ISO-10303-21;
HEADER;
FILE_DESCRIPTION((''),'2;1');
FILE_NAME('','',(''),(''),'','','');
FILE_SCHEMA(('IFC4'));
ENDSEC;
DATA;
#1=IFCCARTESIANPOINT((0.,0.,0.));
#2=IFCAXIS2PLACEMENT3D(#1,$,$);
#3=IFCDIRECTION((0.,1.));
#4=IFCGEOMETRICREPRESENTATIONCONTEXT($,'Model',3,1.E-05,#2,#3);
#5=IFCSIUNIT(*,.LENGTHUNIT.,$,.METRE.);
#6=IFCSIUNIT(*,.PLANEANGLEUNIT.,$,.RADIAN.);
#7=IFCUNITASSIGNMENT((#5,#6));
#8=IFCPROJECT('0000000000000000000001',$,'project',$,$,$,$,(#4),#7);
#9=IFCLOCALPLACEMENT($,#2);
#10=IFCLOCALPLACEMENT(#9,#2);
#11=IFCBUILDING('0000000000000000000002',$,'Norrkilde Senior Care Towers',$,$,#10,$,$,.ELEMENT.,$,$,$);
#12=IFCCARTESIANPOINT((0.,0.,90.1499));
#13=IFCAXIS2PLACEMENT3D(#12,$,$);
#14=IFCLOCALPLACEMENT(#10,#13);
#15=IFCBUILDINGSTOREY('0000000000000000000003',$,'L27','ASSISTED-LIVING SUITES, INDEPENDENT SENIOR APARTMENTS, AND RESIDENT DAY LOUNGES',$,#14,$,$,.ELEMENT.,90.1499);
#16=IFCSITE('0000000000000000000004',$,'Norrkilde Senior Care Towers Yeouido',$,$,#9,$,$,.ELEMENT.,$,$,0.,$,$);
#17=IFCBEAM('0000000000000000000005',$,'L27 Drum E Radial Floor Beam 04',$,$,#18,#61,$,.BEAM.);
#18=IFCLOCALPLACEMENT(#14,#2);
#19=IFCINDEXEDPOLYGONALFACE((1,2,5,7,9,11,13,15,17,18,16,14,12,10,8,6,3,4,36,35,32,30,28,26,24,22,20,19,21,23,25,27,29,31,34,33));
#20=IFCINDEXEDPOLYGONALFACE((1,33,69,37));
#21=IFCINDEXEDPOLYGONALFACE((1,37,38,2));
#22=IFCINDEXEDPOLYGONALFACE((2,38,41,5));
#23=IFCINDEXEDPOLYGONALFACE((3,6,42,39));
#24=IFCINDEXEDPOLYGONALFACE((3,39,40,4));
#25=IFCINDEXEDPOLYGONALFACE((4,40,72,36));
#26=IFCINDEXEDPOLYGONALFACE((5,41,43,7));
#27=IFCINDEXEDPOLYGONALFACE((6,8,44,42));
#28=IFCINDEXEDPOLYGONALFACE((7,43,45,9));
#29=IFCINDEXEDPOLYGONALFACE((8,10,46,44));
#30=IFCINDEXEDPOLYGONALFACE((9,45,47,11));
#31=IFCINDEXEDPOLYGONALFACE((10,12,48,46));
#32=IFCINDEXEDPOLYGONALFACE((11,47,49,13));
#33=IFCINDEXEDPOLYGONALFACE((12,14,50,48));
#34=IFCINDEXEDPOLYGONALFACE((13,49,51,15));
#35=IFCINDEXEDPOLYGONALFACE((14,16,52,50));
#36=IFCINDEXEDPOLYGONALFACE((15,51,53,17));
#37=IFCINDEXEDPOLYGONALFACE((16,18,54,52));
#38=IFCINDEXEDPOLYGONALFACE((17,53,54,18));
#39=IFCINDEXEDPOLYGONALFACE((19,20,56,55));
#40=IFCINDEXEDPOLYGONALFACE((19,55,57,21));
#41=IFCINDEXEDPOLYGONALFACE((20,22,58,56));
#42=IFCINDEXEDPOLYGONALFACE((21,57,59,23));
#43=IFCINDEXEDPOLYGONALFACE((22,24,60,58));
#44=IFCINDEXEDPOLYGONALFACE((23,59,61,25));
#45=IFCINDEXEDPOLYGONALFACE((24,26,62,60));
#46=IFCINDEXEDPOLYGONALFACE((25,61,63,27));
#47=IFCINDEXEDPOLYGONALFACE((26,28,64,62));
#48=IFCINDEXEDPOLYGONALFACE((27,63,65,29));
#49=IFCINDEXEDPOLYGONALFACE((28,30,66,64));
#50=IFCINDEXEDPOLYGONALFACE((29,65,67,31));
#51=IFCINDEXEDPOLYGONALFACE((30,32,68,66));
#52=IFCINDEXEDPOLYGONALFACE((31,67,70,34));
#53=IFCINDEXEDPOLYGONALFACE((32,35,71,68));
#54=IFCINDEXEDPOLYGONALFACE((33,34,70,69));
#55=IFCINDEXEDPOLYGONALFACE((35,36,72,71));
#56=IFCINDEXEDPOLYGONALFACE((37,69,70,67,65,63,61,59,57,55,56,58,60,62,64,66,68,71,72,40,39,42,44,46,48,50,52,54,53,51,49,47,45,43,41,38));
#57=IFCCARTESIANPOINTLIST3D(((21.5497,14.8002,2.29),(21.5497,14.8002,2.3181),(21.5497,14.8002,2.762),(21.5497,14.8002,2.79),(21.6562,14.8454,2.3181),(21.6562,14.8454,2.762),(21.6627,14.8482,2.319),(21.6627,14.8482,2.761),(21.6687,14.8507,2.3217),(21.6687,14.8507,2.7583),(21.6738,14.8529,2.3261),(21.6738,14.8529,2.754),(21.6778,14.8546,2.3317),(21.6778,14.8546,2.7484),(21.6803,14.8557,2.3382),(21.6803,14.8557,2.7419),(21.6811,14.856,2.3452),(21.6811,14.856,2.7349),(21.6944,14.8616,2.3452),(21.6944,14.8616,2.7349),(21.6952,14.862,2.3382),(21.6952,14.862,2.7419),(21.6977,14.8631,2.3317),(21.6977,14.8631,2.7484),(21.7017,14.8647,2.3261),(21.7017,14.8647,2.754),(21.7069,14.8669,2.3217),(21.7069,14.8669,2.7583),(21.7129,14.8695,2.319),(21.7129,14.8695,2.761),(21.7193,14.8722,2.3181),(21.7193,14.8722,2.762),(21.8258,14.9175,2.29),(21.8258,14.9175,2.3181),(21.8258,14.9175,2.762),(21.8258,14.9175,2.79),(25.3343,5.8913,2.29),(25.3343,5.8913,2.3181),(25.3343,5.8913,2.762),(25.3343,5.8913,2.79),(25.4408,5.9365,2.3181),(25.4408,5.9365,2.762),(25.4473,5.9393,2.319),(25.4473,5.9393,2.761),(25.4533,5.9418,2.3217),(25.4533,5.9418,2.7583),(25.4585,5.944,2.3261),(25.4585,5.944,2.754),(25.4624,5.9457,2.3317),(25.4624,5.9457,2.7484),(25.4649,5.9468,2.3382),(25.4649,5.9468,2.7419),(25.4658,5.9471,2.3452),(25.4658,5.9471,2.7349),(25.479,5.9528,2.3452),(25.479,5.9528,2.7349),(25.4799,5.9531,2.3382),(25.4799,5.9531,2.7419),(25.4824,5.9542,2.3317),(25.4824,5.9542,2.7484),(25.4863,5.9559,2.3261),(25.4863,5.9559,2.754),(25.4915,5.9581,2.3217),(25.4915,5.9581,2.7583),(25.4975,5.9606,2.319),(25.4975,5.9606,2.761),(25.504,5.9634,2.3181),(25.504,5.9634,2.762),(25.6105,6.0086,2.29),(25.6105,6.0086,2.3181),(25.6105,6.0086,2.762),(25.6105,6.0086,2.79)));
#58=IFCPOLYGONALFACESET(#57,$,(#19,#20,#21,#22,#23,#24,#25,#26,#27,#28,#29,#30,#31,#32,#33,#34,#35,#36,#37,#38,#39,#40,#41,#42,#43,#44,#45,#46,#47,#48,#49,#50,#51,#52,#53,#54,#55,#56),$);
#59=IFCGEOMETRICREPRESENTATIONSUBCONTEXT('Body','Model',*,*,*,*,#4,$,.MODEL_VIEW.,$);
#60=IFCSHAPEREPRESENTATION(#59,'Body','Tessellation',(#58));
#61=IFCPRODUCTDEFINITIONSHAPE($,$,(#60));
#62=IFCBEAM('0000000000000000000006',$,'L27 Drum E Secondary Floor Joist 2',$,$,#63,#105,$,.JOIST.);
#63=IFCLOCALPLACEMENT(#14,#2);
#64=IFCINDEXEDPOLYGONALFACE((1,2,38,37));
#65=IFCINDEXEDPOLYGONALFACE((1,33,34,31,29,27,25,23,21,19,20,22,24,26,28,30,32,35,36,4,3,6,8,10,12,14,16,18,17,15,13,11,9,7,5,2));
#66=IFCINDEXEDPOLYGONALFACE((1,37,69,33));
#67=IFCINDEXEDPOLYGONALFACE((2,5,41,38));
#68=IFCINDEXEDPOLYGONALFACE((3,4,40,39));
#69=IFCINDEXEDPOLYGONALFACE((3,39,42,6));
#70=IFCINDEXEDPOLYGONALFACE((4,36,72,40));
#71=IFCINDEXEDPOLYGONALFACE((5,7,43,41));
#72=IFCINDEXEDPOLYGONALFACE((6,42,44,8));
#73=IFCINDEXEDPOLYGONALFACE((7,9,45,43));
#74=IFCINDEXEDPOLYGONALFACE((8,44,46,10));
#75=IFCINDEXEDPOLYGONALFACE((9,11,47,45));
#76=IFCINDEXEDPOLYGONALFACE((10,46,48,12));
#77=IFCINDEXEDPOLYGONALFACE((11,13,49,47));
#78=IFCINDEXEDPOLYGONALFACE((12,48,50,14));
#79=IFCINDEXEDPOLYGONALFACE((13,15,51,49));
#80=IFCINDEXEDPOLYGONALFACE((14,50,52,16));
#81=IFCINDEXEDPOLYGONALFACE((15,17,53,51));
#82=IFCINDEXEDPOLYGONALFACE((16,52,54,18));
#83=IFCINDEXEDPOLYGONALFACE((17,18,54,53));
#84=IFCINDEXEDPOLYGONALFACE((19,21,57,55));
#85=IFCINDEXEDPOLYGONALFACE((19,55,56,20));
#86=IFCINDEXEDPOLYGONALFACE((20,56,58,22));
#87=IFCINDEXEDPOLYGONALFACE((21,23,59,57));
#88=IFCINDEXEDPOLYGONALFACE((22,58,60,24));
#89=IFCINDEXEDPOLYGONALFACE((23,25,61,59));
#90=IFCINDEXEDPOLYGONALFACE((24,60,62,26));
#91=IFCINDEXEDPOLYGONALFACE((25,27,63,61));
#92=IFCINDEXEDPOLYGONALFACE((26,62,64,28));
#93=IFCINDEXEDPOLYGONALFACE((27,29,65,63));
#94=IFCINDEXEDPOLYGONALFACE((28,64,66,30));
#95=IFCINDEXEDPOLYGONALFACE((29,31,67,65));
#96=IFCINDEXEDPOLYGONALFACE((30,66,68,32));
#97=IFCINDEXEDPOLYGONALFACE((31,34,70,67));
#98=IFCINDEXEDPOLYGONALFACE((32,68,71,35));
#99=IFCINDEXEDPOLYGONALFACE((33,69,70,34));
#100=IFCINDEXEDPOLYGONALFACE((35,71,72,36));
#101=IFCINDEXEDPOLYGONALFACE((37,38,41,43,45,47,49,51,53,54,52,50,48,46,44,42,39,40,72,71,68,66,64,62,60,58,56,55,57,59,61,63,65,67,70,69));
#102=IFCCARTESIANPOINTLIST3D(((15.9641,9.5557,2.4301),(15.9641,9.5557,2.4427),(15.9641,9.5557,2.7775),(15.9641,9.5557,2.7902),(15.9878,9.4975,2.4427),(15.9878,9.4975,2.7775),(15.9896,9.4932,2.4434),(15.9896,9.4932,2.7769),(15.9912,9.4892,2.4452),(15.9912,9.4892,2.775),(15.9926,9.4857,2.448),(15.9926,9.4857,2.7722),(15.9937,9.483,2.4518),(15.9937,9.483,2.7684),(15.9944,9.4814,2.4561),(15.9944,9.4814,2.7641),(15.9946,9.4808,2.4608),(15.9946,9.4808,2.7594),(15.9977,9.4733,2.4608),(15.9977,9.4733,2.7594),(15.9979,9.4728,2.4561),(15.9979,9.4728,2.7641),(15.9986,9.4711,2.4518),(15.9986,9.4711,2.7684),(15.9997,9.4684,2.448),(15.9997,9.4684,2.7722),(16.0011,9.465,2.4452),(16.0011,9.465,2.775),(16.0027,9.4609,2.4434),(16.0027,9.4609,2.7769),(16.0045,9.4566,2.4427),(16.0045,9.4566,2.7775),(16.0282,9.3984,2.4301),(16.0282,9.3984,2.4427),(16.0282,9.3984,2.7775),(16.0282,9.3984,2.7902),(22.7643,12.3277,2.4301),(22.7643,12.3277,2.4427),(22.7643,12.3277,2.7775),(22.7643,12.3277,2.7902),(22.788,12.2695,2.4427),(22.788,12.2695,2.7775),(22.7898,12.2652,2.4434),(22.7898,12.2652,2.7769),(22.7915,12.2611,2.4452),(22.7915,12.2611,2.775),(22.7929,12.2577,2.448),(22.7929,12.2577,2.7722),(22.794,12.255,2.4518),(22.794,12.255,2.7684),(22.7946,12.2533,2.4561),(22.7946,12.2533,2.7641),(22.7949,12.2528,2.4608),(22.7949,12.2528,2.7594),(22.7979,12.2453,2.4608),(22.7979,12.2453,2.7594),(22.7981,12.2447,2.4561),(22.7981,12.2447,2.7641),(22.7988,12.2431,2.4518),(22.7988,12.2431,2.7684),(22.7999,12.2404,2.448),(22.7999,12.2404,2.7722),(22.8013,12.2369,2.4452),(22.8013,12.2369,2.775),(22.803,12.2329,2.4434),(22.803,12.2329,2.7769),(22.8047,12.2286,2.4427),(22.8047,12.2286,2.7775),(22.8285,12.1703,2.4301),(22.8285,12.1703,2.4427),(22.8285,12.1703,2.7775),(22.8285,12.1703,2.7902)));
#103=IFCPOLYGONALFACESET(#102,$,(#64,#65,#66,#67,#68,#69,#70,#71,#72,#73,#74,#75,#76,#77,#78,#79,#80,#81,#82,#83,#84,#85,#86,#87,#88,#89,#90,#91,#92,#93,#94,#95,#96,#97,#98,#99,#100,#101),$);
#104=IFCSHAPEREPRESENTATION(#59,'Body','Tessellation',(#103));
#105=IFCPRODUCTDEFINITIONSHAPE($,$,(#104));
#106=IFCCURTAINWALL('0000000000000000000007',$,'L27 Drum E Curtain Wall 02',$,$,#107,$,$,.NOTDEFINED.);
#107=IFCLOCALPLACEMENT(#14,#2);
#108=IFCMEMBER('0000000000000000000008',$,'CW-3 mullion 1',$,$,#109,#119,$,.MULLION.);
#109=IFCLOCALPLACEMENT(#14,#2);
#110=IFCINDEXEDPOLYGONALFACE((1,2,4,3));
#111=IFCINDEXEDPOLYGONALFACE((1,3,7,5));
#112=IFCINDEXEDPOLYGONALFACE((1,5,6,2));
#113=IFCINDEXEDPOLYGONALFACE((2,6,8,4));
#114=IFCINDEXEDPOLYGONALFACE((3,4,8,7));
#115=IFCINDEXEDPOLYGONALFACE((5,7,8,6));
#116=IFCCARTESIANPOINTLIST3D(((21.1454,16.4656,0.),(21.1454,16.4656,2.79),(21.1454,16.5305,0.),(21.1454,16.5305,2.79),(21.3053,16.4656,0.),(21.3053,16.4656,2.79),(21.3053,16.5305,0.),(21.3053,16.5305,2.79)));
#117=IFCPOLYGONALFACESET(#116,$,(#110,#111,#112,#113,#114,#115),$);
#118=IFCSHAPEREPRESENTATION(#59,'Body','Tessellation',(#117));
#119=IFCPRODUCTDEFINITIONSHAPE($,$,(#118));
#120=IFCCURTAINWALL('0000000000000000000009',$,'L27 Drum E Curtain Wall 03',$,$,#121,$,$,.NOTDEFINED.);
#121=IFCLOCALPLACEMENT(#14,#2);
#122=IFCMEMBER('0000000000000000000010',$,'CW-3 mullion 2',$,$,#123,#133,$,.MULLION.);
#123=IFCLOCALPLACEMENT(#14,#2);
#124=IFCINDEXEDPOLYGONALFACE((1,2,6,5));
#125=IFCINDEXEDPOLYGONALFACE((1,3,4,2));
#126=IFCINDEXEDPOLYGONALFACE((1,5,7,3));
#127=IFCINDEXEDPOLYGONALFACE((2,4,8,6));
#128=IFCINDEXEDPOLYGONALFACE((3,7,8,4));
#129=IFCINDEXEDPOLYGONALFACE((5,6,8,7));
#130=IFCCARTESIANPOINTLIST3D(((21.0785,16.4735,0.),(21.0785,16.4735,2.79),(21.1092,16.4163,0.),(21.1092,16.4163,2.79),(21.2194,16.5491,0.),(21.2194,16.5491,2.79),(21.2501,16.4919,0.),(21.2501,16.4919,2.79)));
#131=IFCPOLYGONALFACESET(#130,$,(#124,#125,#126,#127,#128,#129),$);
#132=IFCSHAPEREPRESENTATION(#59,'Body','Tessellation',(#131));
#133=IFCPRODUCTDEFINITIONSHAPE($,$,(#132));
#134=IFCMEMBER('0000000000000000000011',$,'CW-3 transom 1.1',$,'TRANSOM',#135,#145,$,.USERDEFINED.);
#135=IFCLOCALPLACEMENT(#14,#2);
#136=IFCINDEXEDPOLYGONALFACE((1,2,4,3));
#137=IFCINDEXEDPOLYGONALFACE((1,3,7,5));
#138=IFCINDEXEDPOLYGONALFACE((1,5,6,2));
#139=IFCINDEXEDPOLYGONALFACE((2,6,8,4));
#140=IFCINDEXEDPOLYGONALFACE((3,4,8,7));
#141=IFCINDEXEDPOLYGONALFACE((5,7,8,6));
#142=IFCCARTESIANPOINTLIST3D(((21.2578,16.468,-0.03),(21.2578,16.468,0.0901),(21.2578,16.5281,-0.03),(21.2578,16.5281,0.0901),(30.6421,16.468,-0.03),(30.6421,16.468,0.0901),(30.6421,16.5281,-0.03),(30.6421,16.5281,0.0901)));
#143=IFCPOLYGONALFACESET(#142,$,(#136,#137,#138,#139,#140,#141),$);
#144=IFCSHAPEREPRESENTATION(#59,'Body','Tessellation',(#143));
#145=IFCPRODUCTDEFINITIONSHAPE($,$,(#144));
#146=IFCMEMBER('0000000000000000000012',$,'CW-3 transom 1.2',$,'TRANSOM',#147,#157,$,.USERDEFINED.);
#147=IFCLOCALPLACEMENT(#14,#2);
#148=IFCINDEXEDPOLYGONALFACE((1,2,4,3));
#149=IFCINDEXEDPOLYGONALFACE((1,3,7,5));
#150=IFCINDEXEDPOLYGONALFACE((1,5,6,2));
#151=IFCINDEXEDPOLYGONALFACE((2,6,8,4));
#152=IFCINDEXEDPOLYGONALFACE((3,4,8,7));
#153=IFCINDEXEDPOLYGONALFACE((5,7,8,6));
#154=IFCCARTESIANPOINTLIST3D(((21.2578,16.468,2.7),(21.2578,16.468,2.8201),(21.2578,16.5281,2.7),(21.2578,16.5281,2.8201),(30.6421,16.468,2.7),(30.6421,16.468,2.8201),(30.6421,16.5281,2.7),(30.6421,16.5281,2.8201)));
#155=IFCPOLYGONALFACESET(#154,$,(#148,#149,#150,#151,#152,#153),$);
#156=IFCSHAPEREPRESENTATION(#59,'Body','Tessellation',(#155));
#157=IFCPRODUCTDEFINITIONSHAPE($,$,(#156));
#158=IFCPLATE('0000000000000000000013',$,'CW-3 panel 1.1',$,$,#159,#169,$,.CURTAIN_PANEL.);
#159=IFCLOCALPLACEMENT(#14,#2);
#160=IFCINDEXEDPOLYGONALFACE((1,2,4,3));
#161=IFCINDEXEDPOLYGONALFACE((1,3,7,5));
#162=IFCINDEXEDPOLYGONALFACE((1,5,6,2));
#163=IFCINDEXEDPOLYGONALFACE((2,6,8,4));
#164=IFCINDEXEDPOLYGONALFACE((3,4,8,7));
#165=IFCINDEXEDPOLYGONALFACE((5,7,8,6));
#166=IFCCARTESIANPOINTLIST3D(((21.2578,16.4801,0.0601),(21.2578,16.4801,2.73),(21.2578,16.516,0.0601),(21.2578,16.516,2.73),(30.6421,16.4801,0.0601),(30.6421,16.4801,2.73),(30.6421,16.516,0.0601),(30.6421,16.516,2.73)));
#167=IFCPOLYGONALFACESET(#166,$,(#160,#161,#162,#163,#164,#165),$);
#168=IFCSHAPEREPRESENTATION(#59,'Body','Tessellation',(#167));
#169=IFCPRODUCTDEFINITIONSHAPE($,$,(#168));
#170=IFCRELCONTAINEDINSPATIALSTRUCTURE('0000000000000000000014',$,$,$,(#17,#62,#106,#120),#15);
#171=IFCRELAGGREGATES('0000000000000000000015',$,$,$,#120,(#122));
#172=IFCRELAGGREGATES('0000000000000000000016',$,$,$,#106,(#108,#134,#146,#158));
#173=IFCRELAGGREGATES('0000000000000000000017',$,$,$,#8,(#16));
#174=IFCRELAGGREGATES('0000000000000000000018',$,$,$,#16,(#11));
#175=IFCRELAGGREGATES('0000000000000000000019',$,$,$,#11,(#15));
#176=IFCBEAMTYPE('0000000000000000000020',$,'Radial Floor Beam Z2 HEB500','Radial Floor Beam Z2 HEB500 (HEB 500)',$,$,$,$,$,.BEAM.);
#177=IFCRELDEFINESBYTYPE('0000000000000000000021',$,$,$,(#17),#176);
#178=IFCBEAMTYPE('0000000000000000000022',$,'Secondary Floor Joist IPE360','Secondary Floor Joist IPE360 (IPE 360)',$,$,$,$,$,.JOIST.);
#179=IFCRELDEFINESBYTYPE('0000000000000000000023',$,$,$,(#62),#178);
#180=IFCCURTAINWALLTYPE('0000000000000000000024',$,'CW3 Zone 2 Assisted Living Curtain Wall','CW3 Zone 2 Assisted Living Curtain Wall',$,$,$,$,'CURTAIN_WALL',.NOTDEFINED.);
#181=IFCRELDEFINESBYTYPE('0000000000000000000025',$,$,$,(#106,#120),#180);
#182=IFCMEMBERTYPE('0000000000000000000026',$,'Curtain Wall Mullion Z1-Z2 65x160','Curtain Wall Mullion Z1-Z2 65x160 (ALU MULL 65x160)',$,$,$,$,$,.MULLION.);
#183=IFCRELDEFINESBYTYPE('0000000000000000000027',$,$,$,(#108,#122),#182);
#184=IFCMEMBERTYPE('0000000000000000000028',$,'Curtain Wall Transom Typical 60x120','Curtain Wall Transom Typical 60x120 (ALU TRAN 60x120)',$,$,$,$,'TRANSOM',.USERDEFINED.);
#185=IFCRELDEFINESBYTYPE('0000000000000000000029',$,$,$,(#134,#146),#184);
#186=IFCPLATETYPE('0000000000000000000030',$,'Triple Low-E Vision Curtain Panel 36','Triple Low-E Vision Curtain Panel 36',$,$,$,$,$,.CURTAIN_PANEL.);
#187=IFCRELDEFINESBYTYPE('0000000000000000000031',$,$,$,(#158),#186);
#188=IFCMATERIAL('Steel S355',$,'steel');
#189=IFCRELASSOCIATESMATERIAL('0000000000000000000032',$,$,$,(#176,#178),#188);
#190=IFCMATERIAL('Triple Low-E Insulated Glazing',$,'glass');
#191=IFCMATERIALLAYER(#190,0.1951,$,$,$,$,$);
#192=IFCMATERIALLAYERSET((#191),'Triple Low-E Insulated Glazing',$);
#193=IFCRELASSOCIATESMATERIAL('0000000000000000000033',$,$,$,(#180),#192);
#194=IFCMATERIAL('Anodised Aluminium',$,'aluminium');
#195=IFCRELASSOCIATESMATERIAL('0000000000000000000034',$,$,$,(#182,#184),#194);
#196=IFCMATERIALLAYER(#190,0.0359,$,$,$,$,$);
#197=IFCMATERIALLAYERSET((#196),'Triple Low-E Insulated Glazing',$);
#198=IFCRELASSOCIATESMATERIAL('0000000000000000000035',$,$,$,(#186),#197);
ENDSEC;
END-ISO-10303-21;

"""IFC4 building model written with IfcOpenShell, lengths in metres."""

from ifc_helpers import new_model, si_unit, direction, frame, origin, origin_2d, place, context, subcontext, project, spatial, rectangle, i_section, extrude, source, transform, mapped, material, layer, layer_set, material_profile, profile_set, type_object, type_shapes, element, aggregate, save


model = new_model("IFC4")

# Units and contexts
model_context = context("Model", 3, precision=1e-05, world=origin(), true_north=direction((0.0, 1.0)))
body_context = subcontext(model_context, "Body", "Model", "MODEL_VIEW")
ifc_project = project(units=[si_unit("LENGTHUNIT", "METRE"), si_unit("PLANEANGLEUNIT", "RADIAN")], contexts=[model_context])

# Site, building, storey
site_placement = place(None, origin())
site = spatial("IfcSite", under=ifc_project, at=site_placement, Name="Norrkilde Senior Care Towers Yeouido", CompositionType="ELEMENT", RefElevation=0.0)
building_placement = place(site_placement, origin())
building = spatial("IfcBuilding", under=site, at=building_placement, Name="Norrkilde Senior Care Towers", CompositionType="ELEMENT")
storey_placement = place(building_placement, frame((0.0, 0.0, 90.1499)))
storey = spatial("IfcBuildingStorey", under=building, at=storey_placement, Name="L27", Description="ASSISTED-LIVING SUITES, INDEPENDENT SENIOR APARTMENTS, AND RESIDENT DAY LOUNGES", CompositionType="ELEMENT", Elevation=90.1499)

# Beams
ifc_material_1 = material(Name="Steel S355", Category="steel")
ifc_material_profile_1 = material_profile(ifc_material_1, i_section(OverallWidth=0.3, OverallDepth=0.5, WebThickness=0.0144, FlangeThickness=0.0281, FilletRadius=0.0271, at=origin_2d()), Name="HEB 500")
ifc_profile_set_1 = profile_set([ifc_material_profile_1], Name="Steel S355")
beam_type_1 = type_object("IfcBeamType", Name="Radial Floor Beam Z2 HEB500", Description="Radial Floor Beam Z2 HEB500 (HEB 500)", PredefinedType="BEAM", material=ifc_profile_set_1)
shared_shape_1 = source(origin(), body_context, "Body", "SweptSolid", [
    extrude(i_section(OverallWidth=0.3, OverallDepth=0.5, WebThickness=0.0144, FlangeThickness=0.0281, FilletRadius=0.0271, at=origin_2d()), origin(), (0.0, 0.0, 1.0), 9.6794),
])
beam_1_placement = place(storey_placement, frame((25.4724, 5.95, 2.54), z_axis=(-0.390998, 0.920392, 0.0), x_axis=(-0.920392, -0.390998, 0.0)))
element("IfcBeam", 1, at=beam_1_placement, inside=storey, type_object=beam_type_1, Name="L27 Drum E Radial Floor Beam 04", PredefinedType="BEAM", context=body_context, shape_type="MappedRepresentation", body=[
    mapped(shared_shape_1, transform((0.0, 0.0, 0.0), x_axis=(1.0, 0.0, 0.0), y_axis=(0.0, 1.0, 0.0), z_axis=(0.0, 0.0, 1.0), scale=1.0)),
])
ifc_material_profile_2 = material_profile(ifc_material_1, i_section(OverallWidth=0.1699, OverallDepth=0.3601, WebThickness=0.0081, FlangeThickness=0.0127, FilletRadius=0.0181, at=origin_2d()), Name="IPE 360")
ifc_profile_set_2 = profile_set([ifc_material_profile_2], Name="Steel S355")
beam_type_2 = type_object("IfcBeamType", Name="Secondary Floor Joist IPE360", Description="Secondary Floor Joist IPE360 (IPE 360)", PredefinedType="JOIST", material=ifc_profile_set_2)
shared_shape_2 = source(origin(), body_context, "Body", "SweptSolid", [
    extrude(i_section(OverallWidth=0.1699, OverallDepth=0.3601, WebThickness=0.0081, FlangeThickness=0.0127, FilletRadius=0.0181, at=origin_2d()), origin(), (0.0, 0.0, 1.0), 7.3435),
])
type_shapes(beam_type_2, [shared_shape_2])
beam_2_placement = place(storey_placement, frame((22.7964, 12.249, 2.6101), z_axis=(-0.926022, -0.37747, 0.0), x_axis=(0.37747, -0.926022, 0.0)))
element("IfcBeam", 2, at=beam_2_placement, inside=storey, type_object=beam_type_2, Name="L27 Drum E Secondary Floor Joist 2", PredefinedType="JOIST", context=body_context, shape_type="MappedRepresentation", body=[
    mapped(shared_shape_2, transform((0.0, 0.0, 0.0), x_axis=(1.0, 0.0, 0.0), y_axis=(0.0, 1.0, 0.0), z_axis=(0.0, 0.0, 1.0), scale=1.0)),
])

# Curtain walls, members
ifc_material_2 = material(Name="Triple Low-E Insulated Glazing", Category="glass")
ifc_layer_1 = layer(ifc_material_2, 0.1951)
ifc_layer_set_1 = layer_set([ifc_layer_1], Name="Triple Low-E Insulated Glazing")
curtain_wall_type = type_object("IfcCurtainWallType", Name="CW3 Zone 2 Assisted Living Curtain Wall", Description="CW3 Zone 2 Assisted Living Curtain Wall", ElementType="CURTAIN_WALL", PredefinedType="NOTDEFINED", material=ifc_layer_set_1)
curtain_wall_1_placement = place(storey_placement, origin())
curtain_wall_1 = element("IfcCurtainWall", 3, at=curtain_wall_1_placement, inside=storey, type_object=curtain_wall_type, Name="L27 Drum E Curtain Wall 02", PredefinedType="NOTDEFINED")
ifc_material_3 = material(Name="Anodised Aluminium", Category="aluminium")
ifc_material_profile_3 = material_profile(ifc_material_3, rectangle(XDim=0.0649, YDim=0.1599, at=origin_2d()), Name="ALU MULL 65x160")
ifc_profile_set_3 = profile_set([ifc_material_profile_3], Name="Anodised Aluminium")
member_type_1 = type_object("IfcMemberType", Name="Curtain Wall Mullion Z1-Z2 65x160", Description="Curtain Wall Mullion Z1-Z2 65x160 (ALU MULL 65x160)", PredefinedType="MULLION", material=ifc_profile_set_3)
shared_shape_3 = source(origin(), body_context, "Body", "SweptSolid", [
    extrude(rectangle(XDim=0.0649, YDim=0.1599, at=origin_2d()), origin(), (0.0, 0.0, 1.0), 2.79),
])
type_shapes(member_type_1, [shared_shape_3])
member_1_placement = place(storey_placement, frame((21.2253, 16.498, 0.0), z_axis=(0.0, 0.0, 1.0), x_axis=(0.0, 1.0, 0.0)))
member_1 = element("IfcMember", 4, at=member_1_placement, type_object=member_type_1, Name="CW-3 mullion 1", PredefinedType="MULLION", context=body_context, shape_type="MappedRepresentation", body=[
    mapped(shared_shape_3, transform((0.0, 0.0, 0.0), x_axis=(1.0, 0.0, 0.0), y_axis=(0.0, 1.0, 0.0), z_axis=(0.0, 0.0, 1.0), scale=1.0)),
])
curtain_wall_2_placement = place(storey_placement, origin())
curtain_wall_2 = element("IfcCurtainWall", 5, at=curtain_wall_2_placement, inside=storey, type_object=curtain_wall_type, Name="L27 Drum E Curtain Wall 03", PredefinedType="NOTDEFINED")
member_2_placement = place(storey_placement, frame((21.1643, 16.4827, 0.0), z_axis=(0.0, 0.0, 1.0), x_axis=(-0.472769, 0.881186, 0.0)))
member_2 = element("IfcMember", 6, at=member_2_placement, type_object=member_type_1, Name="CW-3 mullion 2", PredefinedType="MULLION", context=body_context, shape_type="MappedRepresentation", body=[
    mapped(shared_shape_3, transform((0.0, 0.0, 0.0), x_axis=(1.0, 0.0, 0.0), y_axis=(0.0, 1.0, 0.0), z_axis=(0.0, 0.0, 1.0), scale=1.0)),
])
aggregate(curtain_wall_2, [member_2])

# Members
ifc_material_profile_4 = material_profile(ifc_material_3, rectangle(XDim=0.0601, YDim=0.1201, at=origin_2d()), Name="ALU TRAN 60x120")
ifc_profile_set_4 = profile_set([ifc_material_profile_4], Name="Anodised Aluminium")
member_type_2 = type_object("IfcMemberType", Name="Curtain Wall Transom Typical 60x120", Description="Curtain Wall Transom Typical 60x120 (ALU TRAN 60x120)", ElementType="TRANSOM", PredefinedType="USERDEFINED", material=ifc_profile_set_4)
shared_shape_4 = source(origin(), body_context, "Body", "SweptSolid", [
    extrude(rectangle(XDim=0.0601, YDim=0.1201, at=origin_2d()), origin(), (0.0, 0.0, 1.0), 9.3843),
])
type_shapes(member_type_2, [shared_shape_4])
member_3_placement = place(storey_placement, frame((21.2578, 16.498, 0.03), z_axis=(1.0, 0.0, 0.0), x_axis=(0.0, 1.0, 0.0)))
member_3 = element("IfcMember", 7, at=member_3_placement, type_object=member_type_2, Name="CW-3 transom 1.1", ObjectType="TRANSOM", PredefinedType="USERDEFINED", context=body_context, shape_type="MappedRepresentation", body=[
    mapped(shared_shape_4, transform((0.0, 0.0, 0.0), x_axis=(1.0, 0.0, 0.0), y_axis=(0.0, 1.0, 0.0), z_axis=(0.0, 0.0, 1.0), scale=1.0)),
])
member_4_placement = place(storey_placement, frame((21.2578, 16.498, 2.76), z_axis=(1.0, 0.0, 0.0), x_axis=(0.0, 1.0, 0.0)))
member_4 = element("IfcMember", 8, at=member_4_placement, type_object=member_type_2, Name="CW-3 transom 1.2", ObjectType="TRANSOM", PredefinedType="USERDEFINED", context=body_context, shape_type="MappedRepresentation", body=[
    mapped(shared_shape_4, transform((0.0, 0.0, 0.0), x_axis=(1.0, 0.0, 0.0), y_axis=(0.0, 1.0, 0.0), z_axis=(0.0, 0.0, 1.0), scale=1.0)),
])

# Plate
ifc_layer_2 = layer(ifc_material_2, 0.0359)
ifc_layer_set_2 = layer_set([ifc_layer_2], Name="Triple Low-E Insulated Glazing")
plate_type = type_object("IfcPlateType", Name="Triple Low-E Vision Curtain Panel 36", Description="Triple Low-E Vision Curtain Panel 36", PredefinedType="CURTAIN_PANEL", material=ifc_layer_set_2)
shared_shape_5 = source(origin(), body_context, "Body", "SweptSolid", [
    extrude(rectangle(XDim=9.3843, YDim=0.0359, at=origin_2d()), origin(), (0.0, 0.0, 1.0), 2.6699),
])
type_shapes(plate_type, [shared_shape_5])
plate_placement = place(storey_placement, frame((25.95, 16.498, 0.0601), z_axis=(0.0, 0.0, 1.0), x_axis=(1.0, 0.0, 0.0)))
plate = element("IfcPlate", 9, at=plate_placement, type_object=plate_type, Name="CW-3 panel 1.1", PredefinedType="CURTAIN_PANEL", context=body_context, shape_type="MappedRepresentation", body=[
    mapped(shared_shape_5, transform((0.0, 0.0, 0.0), x_axis=(1.0, 0.0, 0.0), y_axis=(0.0, 1.0, 0.0), z_axis=(0.0, 0.0, 1.0), scale=1.0)),
])
aggregate(curtain_wall_1, [member_1, member_3, member_4, plate])

save(model, "model.ifc")
